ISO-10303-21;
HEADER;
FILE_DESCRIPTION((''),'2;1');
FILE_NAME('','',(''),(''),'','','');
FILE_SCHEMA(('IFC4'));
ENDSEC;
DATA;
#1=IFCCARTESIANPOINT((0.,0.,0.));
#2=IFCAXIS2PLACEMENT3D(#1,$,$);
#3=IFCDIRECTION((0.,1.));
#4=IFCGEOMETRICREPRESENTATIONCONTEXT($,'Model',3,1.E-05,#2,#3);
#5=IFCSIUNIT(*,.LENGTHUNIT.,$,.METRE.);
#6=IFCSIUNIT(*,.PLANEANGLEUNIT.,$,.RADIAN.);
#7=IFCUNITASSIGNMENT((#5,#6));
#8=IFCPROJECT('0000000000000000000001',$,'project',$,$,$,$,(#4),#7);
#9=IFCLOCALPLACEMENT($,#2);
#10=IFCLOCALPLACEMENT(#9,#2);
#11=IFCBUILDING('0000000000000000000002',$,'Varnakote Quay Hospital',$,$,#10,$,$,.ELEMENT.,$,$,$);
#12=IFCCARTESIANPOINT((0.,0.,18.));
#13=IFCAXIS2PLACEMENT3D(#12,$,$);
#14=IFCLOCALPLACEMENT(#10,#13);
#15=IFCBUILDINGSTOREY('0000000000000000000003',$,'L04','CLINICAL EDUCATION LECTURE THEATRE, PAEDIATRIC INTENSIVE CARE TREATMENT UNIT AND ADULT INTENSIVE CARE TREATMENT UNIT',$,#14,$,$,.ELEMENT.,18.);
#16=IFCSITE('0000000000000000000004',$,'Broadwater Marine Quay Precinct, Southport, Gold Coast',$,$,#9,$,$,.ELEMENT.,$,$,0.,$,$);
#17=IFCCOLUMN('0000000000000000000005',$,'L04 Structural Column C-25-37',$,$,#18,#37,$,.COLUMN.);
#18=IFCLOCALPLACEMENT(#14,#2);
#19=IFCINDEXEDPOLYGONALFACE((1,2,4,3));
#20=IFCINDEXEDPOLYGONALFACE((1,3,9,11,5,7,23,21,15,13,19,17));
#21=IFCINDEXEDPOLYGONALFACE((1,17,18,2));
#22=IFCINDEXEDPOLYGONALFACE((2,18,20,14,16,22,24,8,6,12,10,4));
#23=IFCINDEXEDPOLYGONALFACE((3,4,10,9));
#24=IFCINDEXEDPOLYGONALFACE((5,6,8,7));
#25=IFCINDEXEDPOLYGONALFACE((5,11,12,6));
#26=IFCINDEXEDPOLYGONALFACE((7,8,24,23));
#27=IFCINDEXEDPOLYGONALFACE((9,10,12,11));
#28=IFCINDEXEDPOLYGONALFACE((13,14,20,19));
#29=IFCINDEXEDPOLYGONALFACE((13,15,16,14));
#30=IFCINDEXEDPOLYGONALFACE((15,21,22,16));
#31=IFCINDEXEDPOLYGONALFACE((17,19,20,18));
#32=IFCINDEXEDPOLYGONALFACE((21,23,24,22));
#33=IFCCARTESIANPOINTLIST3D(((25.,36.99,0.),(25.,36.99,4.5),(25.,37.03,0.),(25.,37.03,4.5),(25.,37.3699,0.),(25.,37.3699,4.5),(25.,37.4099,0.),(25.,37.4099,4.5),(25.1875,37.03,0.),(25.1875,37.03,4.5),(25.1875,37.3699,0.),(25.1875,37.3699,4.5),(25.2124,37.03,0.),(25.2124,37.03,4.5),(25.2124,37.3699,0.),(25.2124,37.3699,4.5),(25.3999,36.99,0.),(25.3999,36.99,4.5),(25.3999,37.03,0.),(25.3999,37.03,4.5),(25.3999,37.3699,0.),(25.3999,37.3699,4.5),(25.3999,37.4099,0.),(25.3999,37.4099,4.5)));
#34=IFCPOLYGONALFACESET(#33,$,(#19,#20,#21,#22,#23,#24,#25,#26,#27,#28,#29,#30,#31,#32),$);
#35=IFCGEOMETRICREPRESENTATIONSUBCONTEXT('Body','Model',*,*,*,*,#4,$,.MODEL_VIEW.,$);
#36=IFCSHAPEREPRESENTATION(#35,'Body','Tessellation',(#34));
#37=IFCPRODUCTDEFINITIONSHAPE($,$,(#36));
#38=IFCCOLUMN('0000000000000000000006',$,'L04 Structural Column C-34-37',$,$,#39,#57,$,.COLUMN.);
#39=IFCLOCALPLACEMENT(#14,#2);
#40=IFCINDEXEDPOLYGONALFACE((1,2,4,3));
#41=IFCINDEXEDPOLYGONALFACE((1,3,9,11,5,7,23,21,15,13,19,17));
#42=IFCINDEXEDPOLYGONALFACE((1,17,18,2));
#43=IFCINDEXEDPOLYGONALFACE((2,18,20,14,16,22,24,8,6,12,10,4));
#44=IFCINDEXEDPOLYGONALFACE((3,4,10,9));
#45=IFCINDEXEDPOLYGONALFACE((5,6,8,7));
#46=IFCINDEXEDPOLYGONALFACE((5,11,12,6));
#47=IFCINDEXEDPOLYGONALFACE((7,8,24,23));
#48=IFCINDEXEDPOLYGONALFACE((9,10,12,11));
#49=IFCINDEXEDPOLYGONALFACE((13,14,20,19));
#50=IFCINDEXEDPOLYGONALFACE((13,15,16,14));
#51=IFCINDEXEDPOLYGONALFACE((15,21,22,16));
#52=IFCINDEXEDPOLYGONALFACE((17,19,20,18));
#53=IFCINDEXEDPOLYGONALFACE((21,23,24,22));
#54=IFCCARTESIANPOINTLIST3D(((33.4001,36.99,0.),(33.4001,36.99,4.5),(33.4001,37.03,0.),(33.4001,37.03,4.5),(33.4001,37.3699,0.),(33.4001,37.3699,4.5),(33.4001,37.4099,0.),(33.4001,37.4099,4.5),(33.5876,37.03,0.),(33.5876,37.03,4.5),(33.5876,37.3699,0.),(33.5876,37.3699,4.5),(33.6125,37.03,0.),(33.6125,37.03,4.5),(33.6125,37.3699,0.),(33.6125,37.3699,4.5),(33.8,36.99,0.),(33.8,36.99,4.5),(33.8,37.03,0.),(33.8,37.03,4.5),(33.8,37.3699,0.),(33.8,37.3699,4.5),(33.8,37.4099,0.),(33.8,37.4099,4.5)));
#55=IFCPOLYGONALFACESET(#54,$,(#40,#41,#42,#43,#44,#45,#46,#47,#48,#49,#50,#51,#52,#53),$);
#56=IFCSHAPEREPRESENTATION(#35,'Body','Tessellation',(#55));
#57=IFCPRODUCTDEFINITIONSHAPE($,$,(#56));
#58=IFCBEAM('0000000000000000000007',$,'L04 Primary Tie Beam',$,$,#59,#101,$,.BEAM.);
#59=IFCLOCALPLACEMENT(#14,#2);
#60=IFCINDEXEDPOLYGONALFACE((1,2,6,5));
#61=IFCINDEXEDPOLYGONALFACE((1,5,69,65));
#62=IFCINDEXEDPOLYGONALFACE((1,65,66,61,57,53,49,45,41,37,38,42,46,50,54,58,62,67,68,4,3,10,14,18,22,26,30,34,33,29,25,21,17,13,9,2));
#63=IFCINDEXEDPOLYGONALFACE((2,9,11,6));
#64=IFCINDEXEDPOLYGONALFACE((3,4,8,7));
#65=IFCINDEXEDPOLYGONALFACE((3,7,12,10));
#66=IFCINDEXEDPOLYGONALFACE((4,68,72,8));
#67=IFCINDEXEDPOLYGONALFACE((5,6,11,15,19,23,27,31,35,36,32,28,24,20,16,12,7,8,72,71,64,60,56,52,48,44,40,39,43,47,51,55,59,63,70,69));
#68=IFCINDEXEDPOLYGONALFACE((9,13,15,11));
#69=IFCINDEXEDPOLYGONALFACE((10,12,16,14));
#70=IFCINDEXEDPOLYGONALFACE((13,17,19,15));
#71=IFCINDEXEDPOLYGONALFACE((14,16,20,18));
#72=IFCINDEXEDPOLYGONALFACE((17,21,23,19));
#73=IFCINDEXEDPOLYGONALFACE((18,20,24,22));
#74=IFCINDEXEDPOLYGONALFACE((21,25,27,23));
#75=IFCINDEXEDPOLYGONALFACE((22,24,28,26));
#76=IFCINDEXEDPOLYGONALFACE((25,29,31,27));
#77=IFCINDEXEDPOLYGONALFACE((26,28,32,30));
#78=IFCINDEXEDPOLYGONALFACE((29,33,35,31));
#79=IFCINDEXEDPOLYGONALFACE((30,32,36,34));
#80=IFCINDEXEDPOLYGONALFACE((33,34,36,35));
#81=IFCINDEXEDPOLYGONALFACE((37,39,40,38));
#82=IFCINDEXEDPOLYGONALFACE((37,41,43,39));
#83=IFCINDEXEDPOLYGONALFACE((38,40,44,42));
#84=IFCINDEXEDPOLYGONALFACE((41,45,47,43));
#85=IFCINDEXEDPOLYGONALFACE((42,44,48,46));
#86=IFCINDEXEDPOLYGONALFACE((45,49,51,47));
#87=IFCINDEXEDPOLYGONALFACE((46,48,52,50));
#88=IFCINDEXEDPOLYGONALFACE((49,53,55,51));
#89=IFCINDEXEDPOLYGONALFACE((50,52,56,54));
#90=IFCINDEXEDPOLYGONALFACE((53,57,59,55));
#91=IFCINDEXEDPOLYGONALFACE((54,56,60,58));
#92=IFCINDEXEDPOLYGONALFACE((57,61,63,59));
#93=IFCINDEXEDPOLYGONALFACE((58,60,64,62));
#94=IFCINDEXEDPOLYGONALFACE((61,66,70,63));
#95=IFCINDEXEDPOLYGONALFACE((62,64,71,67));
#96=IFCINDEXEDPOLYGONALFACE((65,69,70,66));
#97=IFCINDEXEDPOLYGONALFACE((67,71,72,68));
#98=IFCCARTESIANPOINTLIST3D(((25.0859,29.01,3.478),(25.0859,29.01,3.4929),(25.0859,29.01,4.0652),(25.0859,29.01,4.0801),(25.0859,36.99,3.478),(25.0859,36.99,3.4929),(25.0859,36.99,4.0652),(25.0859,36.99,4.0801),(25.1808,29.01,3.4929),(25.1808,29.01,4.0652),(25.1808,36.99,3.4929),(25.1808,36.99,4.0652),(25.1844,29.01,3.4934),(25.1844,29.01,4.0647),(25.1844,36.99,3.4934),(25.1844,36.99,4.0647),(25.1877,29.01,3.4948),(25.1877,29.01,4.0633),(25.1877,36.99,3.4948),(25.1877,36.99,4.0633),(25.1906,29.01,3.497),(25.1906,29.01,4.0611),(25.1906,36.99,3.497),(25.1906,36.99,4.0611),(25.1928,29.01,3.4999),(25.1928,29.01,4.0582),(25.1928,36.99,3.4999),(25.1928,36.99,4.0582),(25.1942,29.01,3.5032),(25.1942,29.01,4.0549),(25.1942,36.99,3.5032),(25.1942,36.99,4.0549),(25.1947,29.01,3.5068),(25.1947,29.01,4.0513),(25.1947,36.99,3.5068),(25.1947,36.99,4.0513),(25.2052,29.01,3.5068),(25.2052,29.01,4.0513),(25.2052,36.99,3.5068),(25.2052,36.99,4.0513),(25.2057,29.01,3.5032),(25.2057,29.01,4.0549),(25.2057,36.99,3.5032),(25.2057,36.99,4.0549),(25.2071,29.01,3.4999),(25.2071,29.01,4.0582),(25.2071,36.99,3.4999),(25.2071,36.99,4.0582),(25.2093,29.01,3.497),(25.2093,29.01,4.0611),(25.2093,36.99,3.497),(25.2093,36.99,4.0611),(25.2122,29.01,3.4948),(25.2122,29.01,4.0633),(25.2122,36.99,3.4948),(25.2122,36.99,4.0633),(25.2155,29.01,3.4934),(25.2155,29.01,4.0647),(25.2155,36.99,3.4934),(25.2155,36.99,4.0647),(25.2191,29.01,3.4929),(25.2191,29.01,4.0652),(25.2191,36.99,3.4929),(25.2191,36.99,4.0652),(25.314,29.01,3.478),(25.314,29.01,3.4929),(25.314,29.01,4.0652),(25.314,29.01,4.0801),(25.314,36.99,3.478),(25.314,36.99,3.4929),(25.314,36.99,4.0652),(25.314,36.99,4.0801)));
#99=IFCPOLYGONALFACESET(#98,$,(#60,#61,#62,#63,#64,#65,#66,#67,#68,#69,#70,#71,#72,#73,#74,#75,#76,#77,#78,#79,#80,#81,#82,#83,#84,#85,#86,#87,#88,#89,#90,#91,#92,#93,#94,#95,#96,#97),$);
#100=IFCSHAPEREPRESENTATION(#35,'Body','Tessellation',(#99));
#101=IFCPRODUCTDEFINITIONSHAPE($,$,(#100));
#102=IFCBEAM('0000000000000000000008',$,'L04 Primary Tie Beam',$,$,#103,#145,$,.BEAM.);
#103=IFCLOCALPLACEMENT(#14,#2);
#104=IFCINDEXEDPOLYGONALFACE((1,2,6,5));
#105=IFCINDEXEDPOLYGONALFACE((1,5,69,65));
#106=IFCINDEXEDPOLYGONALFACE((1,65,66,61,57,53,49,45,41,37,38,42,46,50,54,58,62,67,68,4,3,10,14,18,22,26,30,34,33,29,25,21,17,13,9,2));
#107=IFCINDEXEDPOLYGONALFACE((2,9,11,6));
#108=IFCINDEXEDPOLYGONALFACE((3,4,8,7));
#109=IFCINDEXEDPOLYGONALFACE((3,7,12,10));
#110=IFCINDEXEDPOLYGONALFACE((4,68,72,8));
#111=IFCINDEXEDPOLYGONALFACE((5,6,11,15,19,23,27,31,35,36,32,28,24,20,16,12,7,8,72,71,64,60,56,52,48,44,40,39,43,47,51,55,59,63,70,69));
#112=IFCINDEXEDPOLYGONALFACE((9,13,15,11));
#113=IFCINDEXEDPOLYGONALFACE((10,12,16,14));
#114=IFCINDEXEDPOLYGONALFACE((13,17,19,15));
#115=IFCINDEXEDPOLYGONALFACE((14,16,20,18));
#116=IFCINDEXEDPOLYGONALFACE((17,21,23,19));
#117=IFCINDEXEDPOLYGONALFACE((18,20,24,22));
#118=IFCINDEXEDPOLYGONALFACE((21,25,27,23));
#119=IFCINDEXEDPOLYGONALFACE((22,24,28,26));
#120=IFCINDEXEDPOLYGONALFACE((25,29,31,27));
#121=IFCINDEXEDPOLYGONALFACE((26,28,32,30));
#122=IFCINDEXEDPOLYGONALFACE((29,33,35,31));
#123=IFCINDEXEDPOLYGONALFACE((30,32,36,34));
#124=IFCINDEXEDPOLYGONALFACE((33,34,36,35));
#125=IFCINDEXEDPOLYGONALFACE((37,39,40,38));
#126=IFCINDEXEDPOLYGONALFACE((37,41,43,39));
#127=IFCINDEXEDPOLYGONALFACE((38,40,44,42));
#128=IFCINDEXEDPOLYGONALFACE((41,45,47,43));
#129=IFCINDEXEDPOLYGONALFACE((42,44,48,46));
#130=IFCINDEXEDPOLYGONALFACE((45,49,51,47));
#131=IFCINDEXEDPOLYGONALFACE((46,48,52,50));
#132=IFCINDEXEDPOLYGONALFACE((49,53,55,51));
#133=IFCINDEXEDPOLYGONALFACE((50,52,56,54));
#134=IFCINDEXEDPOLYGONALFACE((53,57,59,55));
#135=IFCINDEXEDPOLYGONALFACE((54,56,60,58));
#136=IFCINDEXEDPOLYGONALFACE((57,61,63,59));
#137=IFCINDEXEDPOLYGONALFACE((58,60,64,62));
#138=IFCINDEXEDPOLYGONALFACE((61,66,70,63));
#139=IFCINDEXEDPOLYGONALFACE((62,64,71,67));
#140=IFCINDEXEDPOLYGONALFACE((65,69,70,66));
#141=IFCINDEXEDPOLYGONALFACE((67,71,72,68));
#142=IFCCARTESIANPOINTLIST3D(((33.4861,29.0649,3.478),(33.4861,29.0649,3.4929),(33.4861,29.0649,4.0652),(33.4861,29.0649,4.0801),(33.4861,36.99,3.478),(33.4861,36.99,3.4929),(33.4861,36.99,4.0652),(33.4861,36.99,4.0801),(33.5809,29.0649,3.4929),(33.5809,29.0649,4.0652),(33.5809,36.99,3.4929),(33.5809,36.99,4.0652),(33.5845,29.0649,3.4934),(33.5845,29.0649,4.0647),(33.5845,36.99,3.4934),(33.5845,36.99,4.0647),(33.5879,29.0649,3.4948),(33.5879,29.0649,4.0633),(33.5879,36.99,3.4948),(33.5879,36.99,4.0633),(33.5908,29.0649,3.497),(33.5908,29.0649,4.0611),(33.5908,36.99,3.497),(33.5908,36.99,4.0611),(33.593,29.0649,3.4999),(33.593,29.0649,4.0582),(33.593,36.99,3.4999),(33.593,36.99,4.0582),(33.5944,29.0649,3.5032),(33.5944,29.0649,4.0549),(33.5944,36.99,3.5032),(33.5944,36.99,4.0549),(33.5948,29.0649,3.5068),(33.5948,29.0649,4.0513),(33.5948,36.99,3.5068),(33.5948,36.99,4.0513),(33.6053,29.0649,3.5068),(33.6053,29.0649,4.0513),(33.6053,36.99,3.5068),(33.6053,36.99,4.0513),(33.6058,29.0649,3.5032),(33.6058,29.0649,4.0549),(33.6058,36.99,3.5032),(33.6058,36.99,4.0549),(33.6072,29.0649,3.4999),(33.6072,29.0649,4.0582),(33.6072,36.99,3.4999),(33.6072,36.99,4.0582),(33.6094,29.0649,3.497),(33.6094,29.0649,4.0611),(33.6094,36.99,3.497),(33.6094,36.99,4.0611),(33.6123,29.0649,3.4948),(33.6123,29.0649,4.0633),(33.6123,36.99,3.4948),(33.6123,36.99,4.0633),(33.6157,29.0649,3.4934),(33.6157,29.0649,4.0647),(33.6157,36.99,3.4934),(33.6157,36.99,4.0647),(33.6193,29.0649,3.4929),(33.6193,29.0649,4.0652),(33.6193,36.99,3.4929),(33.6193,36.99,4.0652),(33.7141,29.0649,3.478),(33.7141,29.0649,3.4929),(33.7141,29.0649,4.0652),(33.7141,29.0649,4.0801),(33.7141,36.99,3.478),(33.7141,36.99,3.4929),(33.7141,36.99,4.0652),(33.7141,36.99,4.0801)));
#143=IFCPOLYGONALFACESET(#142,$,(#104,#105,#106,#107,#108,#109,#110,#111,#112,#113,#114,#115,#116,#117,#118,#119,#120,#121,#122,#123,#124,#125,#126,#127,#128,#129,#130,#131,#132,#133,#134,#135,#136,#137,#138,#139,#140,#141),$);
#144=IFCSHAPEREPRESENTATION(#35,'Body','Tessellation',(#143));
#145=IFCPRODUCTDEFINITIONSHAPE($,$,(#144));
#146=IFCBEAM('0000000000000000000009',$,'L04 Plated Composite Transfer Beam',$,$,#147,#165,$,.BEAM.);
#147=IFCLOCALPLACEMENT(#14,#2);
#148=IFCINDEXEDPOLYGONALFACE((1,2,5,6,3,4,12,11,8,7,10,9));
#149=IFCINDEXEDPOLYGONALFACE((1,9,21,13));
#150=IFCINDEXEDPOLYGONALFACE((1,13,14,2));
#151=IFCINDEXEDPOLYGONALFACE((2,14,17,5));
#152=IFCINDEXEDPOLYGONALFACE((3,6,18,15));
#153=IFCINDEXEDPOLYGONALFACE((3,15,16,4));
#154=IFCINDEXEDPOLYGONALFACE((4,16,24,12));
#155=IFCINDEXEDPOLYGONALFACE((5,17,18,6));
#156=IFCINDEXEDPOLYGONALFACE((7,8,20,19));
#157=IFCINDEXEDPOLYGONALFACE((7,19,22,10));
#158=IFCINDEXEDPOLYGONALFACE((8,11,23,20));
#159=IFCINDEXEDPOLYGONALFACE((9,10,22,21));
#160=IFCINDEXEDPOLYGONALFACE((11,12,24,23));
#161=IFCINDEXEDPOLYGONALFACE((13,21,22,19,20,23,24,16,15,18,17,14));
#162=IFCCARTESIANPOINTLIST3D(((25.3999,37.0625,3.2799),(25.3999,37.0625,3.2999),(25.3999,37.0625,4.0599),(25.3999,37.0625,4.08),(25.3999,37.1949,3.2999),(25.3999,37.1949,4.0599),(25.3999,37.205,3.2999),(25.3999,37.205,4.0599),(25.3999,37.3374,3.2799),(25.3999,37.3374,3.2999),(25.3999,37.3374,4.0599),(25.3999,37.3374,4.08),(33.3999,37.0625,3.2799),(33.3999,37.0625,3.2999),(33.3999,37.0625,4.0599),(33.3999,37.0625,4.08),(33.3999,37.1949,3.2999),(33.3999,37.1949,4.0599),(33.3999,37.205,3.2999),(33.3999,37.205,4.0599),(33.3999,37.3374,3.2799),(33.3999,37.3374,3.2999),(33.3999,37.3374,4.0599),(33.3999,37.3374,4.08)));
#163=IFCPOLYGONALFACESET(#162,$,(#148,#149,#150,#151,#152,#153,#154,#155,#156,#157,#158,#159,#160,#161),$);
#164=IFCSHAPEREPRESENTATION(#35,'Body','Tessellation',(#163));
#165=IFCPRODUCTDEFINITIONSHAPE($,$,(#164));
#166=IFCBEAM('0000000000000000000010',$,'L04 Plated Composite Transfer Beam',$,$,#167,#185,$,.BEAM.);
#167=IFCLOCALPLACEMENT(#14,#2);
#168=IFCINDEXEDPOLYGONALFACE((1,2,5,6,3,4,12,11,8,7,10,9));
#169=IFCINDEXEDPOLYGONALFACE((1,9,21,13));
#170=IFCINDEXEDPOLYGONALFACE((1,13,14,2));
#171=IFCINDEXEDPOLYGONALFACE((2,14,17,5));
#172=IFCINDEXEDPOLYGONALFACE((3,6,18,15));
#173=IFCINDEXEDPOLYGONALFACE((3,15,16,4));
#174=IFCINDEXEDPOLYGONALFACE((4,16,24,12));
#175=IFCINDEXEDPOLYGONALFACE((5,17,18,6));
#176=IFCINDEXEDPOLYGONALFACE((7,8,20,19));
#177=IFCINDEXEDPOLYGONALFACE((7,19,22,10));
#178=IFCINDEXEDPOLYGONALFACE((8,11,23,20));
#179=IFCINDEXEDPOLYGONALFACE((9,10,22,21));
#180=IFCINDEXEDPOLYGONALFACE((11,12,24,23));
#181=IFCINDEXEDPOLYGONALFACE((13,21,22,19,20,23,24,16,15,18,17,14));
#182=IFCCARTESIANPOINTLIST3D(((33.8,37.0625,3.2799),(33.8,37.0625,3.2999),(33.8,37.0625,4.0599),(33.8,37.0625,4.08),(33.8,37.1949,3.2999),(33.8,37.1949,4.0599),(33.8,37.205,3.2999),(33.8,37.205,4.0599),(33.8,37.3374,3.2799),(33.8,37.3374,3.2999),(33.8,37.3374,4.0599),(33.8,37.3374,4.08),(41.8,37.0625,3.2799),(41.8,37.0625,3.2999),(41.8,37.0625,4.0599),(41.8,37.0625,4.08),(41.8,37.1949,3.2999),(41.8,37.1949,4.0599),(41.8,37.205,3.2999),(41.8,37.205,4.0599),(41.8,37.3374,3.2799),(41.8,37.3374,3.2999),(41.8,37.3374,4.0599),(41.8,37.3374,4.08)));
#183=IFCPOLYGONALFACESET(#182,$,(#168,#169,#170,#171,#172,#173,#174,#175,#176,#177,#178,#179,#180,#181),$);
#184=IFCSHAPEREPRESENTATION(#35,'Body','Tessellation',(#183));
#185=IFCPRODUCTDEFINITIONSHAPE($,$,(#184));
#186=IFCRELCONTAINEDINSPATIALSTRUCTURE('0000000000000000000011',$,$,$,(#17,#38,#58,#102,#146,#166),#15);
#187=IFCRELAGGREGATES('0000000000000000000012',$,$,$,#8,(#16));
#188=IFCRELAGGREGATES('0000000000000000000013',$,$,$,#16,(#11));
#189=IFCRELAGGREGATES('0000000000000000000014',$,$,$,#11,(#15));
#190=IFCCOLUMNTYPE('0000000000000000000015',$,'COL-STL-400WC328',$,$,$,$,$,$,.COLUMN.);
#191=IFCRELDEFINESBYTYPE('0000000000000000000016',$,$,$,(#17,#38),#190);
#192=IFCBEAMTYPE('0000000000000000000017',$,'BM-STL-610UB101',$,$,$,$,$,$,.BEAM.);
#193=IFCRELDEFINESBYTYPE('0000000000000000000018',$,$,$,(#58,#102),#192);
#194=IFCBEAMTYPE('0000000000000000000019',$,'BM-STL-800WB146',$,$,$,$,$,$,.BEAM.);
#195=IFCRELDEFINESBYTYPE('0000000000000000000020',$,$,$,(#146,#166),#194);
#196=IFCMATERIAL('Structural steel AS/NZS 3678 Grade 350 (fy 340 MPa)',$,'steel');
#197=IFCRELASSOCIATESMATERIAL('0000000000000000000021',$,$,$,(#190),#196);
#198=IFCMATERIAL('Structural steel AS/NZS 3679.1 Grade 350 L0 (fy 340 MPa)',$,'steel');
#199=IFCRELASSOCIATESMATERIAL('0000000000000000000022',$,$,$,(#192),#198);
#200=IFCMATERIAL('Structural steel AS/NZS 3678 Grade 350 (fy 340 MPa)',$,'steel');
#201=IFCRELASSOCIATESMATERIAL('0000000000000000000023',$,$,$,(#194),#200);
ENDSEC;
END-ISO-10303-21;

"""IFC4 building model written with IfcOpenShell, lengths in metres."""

from ifc_helpers import new_model, si_unit, direction, frame, origin, origin_2d, place, context, subcontext, project, spatial, i_section, extrude, material, material_profile, profile_set, type_object, element, save


model = new_model("IFC4")

# Units and contexts
model_context = context("Model", 3, precision=1e-05, world=origin(), true_north=direction((0.0, 1.0)))
body_context = subcontext(model_context, "Body", "Model", "MODEL_VIEW")
ifc_project = project(units=[si_unit("LENGTHUNIT", "METRE"), si_unit("PLANEANGLEUNIT", "RADIAN")], contexts=[model_context])

# Site, building, storey
site_placement = place(None, origin())
site = spatial("IfcSite", under=ifc_project, at=site_placement, Name="Broadwater Marine Quay Precinct, Southport, Gold Coast", CompositionType="ELEMENT", RefElevation=0.0)
building_placement = place(site_placement, origin())
building = spatial("IfcBuilding", under=site, at=building_placement, Name="Varnakote Quay Hospital", CompositionType="ELEMENT")
storey_placement = place(building_placement, frame((0.0, 0.0, 18.0)))
storey = spatial("IfcBuildingStorey", under=building, at=storey_placement, Name="L04", Description="CLINICAL EDUCATION LECTURE THEATRE, PAEDIATRIC INTENSIVE CARE TREATMENT UNIT AND ADULT INTENSIVE CARE TREATMENT UNIT", CompositionType="ELEMENT", Elevation=18.0)

# Columns
ifc_material_1 = material(Name="Structural steel AS/NZS 3678 Grade 350 (fy 340 MPa)", Category="steel")
ifc_material_profile_1 = material_profile(ifc_material_1, i_section(OverallWidth=0.3999, OverallDepth=0.4199, WebThickness=0.0249, FlangeThickness=0.04, at=origin_2d()), Name="400WC328")
ifc_profile_set_1 = profile_set([ifc_material_profile_1], Name="Structural steel AS/NZS 3678 Grade 350 (fy 340 MPa)")
column_type = type_object("IfcColumnType", Name="COL-STL-400WC328", PredefinedType="COLUMN", material=ifc_profile_set_1)
for number, where, z_axis, x_axis, name in (
    (1, (25.2, 37.2, 0.0), (0.0, 0.0, 1.0), (1.0, 0.0, 0.0), "L04 Structural Column C-25-37"),
    (2, (33.6001, 37.2, 0.0), (0.0, 0.0, 1.0), (1.0, 0.0, 0.0), "L04 Structural Column C-34-37"),
):
    element("IfcColumn", number, at=place(storey_placement, frame(where, z_axis=z_axis, x_axis=x_axis)), inside=storey, type_object=column_type, Name=name, PredefinedType="COLUMN", context=body_context, shape_type="SweptSolid", body=[
        extrude(i_section(OverallWidth=0.3999, OverallDepth=0.4199, WebThickness=0.0249, FlangeThickness=0.04, at=origin_2d()), origin(), (0.0, 0.0, 1.0), 4.5),
    ])

# Beams
ifc_material_2 = material(Name="Structural steel AS/NZS 3679.1 Grade 350 L0 (fy 340 MPa)", Category="steel")
ifc_material_profile_2 = material_profile(ifc_material_2, i_section(OverallWidth=0.228, OverallDepth=0.6021, WebThickness=0.0105, FlangeThickness=0.0149, FilletRadius=0.0139, at=origin_2d()), Name="610UB101")
ifc_profile_set_2 = profile_set([ifc_material_profile_2], Name="Structural steel AS/NZS 3679.1 Grade 350 L0 (fy 340 MPa)")
beam_type_1 = type_object("IfcBeamType", Name="BM-STL-610UB101", PredefinedType="BEAM", material=ifc_profile_set_2)
beam_1_placement = place(storey_placement, frame((25.2, 29.01, 3.7791), z_axis=(0.0, 1.0, 0.0), x_axis=(-1.0, 0.0, 0.0)))
element("IfcBeam", 3, at=beam_1_placement, inside=storey, type_object=beam_type_1, Name="L04 Primary Tie Beam", PredefinedType="BEAM", context=body_context, shape_type="SweptSolid", body=[
    extrude(i_section(OverallWidth=0.228, OverallDepth=0.6021, WebThickness=0.0105, FlangeThickness=0.0149, FilletRadius=0.0139, at=origin_2d()), origin(), (0.0, 0.0, 1.0), 7.98),
])
beam_2_placement = place(storey_placement, frame((33.6001, 29.0649, 3.7791), z_axis=(0.0, 1.0, 0.0), x_axis=(-1.0, 0.0, 0.0)))
element("IfcBeam", 4, at=beam_2_placement, inside=storey, type_object=beam_type_1, Name="L04 Primary Tie Beam", PredefinedType="BEAM", context=body_context, shape_type="SweptSolid", body=[
    extrude(i_section(OverallWidth=0.228, OverallDepth=0.6021, WebThickness=0.0105, FlangeThickness=0.0149, FilletRadius=0.0139, at=origin_2d()), origin(), (0.0, 0.0, 1.0), 7.925),
])
ifc_material_3 = material(Name="Structural steel AS/NZS 3678 Grade 350 (fy 340 MPa)", Category="steel")
ifc_material_profile_3 = material_profile(ifc_material_3, i_section(OverallWidth=0.2749, OverallDepth=0.8, WebThickness=0.01, FlangeThickness=0.02, at=origin_2d()), Name="800WB146")
ifc_profile_set_3 = profile_set([ifc_material_profile_3], Name="Structural steel AS/NZS 3678 Grade 350 (fy 340 MPa)")
beam_type_2 = type_object("IfcBeamType", Name="BM-STL-800WB146", PredefinedType="BEAM", material=ifc_profile_set_3)
for number, where, z_axis, x_axis, name in (
    (5, (25.3999, 37.2, 3.6799), (1.0, 0.0, 0.0), (0.0, 1.0, 0.0), "L04 Plated Composite Transfer Beam"),
    (6, (33.8, 37.2, 3.6799), (1.0, 0.0, 0.0), (0.0, 1.0, 0.0), "L04 Plated Composite Transfer Beam"),
):
    element("IfcBeam", number, at=place(storey_placement, frame(where, z_axis=z_axis, x_axis=x_axis)), inside=storey, type_object=beam_type_2, Name=name, PredefinedType="BEAM", context=body_context, shape_type="SweptSolid", body=[
        extrude(i_section(OverallWidth=0.2749, OverallDepth=0.8, WebThickness=0.01, FlangeThickness=0.02, at=origin_2d()), origin(), (0.0, 0.0, 1.0), 8.0),
    ])

save(model, "model.ifc")
